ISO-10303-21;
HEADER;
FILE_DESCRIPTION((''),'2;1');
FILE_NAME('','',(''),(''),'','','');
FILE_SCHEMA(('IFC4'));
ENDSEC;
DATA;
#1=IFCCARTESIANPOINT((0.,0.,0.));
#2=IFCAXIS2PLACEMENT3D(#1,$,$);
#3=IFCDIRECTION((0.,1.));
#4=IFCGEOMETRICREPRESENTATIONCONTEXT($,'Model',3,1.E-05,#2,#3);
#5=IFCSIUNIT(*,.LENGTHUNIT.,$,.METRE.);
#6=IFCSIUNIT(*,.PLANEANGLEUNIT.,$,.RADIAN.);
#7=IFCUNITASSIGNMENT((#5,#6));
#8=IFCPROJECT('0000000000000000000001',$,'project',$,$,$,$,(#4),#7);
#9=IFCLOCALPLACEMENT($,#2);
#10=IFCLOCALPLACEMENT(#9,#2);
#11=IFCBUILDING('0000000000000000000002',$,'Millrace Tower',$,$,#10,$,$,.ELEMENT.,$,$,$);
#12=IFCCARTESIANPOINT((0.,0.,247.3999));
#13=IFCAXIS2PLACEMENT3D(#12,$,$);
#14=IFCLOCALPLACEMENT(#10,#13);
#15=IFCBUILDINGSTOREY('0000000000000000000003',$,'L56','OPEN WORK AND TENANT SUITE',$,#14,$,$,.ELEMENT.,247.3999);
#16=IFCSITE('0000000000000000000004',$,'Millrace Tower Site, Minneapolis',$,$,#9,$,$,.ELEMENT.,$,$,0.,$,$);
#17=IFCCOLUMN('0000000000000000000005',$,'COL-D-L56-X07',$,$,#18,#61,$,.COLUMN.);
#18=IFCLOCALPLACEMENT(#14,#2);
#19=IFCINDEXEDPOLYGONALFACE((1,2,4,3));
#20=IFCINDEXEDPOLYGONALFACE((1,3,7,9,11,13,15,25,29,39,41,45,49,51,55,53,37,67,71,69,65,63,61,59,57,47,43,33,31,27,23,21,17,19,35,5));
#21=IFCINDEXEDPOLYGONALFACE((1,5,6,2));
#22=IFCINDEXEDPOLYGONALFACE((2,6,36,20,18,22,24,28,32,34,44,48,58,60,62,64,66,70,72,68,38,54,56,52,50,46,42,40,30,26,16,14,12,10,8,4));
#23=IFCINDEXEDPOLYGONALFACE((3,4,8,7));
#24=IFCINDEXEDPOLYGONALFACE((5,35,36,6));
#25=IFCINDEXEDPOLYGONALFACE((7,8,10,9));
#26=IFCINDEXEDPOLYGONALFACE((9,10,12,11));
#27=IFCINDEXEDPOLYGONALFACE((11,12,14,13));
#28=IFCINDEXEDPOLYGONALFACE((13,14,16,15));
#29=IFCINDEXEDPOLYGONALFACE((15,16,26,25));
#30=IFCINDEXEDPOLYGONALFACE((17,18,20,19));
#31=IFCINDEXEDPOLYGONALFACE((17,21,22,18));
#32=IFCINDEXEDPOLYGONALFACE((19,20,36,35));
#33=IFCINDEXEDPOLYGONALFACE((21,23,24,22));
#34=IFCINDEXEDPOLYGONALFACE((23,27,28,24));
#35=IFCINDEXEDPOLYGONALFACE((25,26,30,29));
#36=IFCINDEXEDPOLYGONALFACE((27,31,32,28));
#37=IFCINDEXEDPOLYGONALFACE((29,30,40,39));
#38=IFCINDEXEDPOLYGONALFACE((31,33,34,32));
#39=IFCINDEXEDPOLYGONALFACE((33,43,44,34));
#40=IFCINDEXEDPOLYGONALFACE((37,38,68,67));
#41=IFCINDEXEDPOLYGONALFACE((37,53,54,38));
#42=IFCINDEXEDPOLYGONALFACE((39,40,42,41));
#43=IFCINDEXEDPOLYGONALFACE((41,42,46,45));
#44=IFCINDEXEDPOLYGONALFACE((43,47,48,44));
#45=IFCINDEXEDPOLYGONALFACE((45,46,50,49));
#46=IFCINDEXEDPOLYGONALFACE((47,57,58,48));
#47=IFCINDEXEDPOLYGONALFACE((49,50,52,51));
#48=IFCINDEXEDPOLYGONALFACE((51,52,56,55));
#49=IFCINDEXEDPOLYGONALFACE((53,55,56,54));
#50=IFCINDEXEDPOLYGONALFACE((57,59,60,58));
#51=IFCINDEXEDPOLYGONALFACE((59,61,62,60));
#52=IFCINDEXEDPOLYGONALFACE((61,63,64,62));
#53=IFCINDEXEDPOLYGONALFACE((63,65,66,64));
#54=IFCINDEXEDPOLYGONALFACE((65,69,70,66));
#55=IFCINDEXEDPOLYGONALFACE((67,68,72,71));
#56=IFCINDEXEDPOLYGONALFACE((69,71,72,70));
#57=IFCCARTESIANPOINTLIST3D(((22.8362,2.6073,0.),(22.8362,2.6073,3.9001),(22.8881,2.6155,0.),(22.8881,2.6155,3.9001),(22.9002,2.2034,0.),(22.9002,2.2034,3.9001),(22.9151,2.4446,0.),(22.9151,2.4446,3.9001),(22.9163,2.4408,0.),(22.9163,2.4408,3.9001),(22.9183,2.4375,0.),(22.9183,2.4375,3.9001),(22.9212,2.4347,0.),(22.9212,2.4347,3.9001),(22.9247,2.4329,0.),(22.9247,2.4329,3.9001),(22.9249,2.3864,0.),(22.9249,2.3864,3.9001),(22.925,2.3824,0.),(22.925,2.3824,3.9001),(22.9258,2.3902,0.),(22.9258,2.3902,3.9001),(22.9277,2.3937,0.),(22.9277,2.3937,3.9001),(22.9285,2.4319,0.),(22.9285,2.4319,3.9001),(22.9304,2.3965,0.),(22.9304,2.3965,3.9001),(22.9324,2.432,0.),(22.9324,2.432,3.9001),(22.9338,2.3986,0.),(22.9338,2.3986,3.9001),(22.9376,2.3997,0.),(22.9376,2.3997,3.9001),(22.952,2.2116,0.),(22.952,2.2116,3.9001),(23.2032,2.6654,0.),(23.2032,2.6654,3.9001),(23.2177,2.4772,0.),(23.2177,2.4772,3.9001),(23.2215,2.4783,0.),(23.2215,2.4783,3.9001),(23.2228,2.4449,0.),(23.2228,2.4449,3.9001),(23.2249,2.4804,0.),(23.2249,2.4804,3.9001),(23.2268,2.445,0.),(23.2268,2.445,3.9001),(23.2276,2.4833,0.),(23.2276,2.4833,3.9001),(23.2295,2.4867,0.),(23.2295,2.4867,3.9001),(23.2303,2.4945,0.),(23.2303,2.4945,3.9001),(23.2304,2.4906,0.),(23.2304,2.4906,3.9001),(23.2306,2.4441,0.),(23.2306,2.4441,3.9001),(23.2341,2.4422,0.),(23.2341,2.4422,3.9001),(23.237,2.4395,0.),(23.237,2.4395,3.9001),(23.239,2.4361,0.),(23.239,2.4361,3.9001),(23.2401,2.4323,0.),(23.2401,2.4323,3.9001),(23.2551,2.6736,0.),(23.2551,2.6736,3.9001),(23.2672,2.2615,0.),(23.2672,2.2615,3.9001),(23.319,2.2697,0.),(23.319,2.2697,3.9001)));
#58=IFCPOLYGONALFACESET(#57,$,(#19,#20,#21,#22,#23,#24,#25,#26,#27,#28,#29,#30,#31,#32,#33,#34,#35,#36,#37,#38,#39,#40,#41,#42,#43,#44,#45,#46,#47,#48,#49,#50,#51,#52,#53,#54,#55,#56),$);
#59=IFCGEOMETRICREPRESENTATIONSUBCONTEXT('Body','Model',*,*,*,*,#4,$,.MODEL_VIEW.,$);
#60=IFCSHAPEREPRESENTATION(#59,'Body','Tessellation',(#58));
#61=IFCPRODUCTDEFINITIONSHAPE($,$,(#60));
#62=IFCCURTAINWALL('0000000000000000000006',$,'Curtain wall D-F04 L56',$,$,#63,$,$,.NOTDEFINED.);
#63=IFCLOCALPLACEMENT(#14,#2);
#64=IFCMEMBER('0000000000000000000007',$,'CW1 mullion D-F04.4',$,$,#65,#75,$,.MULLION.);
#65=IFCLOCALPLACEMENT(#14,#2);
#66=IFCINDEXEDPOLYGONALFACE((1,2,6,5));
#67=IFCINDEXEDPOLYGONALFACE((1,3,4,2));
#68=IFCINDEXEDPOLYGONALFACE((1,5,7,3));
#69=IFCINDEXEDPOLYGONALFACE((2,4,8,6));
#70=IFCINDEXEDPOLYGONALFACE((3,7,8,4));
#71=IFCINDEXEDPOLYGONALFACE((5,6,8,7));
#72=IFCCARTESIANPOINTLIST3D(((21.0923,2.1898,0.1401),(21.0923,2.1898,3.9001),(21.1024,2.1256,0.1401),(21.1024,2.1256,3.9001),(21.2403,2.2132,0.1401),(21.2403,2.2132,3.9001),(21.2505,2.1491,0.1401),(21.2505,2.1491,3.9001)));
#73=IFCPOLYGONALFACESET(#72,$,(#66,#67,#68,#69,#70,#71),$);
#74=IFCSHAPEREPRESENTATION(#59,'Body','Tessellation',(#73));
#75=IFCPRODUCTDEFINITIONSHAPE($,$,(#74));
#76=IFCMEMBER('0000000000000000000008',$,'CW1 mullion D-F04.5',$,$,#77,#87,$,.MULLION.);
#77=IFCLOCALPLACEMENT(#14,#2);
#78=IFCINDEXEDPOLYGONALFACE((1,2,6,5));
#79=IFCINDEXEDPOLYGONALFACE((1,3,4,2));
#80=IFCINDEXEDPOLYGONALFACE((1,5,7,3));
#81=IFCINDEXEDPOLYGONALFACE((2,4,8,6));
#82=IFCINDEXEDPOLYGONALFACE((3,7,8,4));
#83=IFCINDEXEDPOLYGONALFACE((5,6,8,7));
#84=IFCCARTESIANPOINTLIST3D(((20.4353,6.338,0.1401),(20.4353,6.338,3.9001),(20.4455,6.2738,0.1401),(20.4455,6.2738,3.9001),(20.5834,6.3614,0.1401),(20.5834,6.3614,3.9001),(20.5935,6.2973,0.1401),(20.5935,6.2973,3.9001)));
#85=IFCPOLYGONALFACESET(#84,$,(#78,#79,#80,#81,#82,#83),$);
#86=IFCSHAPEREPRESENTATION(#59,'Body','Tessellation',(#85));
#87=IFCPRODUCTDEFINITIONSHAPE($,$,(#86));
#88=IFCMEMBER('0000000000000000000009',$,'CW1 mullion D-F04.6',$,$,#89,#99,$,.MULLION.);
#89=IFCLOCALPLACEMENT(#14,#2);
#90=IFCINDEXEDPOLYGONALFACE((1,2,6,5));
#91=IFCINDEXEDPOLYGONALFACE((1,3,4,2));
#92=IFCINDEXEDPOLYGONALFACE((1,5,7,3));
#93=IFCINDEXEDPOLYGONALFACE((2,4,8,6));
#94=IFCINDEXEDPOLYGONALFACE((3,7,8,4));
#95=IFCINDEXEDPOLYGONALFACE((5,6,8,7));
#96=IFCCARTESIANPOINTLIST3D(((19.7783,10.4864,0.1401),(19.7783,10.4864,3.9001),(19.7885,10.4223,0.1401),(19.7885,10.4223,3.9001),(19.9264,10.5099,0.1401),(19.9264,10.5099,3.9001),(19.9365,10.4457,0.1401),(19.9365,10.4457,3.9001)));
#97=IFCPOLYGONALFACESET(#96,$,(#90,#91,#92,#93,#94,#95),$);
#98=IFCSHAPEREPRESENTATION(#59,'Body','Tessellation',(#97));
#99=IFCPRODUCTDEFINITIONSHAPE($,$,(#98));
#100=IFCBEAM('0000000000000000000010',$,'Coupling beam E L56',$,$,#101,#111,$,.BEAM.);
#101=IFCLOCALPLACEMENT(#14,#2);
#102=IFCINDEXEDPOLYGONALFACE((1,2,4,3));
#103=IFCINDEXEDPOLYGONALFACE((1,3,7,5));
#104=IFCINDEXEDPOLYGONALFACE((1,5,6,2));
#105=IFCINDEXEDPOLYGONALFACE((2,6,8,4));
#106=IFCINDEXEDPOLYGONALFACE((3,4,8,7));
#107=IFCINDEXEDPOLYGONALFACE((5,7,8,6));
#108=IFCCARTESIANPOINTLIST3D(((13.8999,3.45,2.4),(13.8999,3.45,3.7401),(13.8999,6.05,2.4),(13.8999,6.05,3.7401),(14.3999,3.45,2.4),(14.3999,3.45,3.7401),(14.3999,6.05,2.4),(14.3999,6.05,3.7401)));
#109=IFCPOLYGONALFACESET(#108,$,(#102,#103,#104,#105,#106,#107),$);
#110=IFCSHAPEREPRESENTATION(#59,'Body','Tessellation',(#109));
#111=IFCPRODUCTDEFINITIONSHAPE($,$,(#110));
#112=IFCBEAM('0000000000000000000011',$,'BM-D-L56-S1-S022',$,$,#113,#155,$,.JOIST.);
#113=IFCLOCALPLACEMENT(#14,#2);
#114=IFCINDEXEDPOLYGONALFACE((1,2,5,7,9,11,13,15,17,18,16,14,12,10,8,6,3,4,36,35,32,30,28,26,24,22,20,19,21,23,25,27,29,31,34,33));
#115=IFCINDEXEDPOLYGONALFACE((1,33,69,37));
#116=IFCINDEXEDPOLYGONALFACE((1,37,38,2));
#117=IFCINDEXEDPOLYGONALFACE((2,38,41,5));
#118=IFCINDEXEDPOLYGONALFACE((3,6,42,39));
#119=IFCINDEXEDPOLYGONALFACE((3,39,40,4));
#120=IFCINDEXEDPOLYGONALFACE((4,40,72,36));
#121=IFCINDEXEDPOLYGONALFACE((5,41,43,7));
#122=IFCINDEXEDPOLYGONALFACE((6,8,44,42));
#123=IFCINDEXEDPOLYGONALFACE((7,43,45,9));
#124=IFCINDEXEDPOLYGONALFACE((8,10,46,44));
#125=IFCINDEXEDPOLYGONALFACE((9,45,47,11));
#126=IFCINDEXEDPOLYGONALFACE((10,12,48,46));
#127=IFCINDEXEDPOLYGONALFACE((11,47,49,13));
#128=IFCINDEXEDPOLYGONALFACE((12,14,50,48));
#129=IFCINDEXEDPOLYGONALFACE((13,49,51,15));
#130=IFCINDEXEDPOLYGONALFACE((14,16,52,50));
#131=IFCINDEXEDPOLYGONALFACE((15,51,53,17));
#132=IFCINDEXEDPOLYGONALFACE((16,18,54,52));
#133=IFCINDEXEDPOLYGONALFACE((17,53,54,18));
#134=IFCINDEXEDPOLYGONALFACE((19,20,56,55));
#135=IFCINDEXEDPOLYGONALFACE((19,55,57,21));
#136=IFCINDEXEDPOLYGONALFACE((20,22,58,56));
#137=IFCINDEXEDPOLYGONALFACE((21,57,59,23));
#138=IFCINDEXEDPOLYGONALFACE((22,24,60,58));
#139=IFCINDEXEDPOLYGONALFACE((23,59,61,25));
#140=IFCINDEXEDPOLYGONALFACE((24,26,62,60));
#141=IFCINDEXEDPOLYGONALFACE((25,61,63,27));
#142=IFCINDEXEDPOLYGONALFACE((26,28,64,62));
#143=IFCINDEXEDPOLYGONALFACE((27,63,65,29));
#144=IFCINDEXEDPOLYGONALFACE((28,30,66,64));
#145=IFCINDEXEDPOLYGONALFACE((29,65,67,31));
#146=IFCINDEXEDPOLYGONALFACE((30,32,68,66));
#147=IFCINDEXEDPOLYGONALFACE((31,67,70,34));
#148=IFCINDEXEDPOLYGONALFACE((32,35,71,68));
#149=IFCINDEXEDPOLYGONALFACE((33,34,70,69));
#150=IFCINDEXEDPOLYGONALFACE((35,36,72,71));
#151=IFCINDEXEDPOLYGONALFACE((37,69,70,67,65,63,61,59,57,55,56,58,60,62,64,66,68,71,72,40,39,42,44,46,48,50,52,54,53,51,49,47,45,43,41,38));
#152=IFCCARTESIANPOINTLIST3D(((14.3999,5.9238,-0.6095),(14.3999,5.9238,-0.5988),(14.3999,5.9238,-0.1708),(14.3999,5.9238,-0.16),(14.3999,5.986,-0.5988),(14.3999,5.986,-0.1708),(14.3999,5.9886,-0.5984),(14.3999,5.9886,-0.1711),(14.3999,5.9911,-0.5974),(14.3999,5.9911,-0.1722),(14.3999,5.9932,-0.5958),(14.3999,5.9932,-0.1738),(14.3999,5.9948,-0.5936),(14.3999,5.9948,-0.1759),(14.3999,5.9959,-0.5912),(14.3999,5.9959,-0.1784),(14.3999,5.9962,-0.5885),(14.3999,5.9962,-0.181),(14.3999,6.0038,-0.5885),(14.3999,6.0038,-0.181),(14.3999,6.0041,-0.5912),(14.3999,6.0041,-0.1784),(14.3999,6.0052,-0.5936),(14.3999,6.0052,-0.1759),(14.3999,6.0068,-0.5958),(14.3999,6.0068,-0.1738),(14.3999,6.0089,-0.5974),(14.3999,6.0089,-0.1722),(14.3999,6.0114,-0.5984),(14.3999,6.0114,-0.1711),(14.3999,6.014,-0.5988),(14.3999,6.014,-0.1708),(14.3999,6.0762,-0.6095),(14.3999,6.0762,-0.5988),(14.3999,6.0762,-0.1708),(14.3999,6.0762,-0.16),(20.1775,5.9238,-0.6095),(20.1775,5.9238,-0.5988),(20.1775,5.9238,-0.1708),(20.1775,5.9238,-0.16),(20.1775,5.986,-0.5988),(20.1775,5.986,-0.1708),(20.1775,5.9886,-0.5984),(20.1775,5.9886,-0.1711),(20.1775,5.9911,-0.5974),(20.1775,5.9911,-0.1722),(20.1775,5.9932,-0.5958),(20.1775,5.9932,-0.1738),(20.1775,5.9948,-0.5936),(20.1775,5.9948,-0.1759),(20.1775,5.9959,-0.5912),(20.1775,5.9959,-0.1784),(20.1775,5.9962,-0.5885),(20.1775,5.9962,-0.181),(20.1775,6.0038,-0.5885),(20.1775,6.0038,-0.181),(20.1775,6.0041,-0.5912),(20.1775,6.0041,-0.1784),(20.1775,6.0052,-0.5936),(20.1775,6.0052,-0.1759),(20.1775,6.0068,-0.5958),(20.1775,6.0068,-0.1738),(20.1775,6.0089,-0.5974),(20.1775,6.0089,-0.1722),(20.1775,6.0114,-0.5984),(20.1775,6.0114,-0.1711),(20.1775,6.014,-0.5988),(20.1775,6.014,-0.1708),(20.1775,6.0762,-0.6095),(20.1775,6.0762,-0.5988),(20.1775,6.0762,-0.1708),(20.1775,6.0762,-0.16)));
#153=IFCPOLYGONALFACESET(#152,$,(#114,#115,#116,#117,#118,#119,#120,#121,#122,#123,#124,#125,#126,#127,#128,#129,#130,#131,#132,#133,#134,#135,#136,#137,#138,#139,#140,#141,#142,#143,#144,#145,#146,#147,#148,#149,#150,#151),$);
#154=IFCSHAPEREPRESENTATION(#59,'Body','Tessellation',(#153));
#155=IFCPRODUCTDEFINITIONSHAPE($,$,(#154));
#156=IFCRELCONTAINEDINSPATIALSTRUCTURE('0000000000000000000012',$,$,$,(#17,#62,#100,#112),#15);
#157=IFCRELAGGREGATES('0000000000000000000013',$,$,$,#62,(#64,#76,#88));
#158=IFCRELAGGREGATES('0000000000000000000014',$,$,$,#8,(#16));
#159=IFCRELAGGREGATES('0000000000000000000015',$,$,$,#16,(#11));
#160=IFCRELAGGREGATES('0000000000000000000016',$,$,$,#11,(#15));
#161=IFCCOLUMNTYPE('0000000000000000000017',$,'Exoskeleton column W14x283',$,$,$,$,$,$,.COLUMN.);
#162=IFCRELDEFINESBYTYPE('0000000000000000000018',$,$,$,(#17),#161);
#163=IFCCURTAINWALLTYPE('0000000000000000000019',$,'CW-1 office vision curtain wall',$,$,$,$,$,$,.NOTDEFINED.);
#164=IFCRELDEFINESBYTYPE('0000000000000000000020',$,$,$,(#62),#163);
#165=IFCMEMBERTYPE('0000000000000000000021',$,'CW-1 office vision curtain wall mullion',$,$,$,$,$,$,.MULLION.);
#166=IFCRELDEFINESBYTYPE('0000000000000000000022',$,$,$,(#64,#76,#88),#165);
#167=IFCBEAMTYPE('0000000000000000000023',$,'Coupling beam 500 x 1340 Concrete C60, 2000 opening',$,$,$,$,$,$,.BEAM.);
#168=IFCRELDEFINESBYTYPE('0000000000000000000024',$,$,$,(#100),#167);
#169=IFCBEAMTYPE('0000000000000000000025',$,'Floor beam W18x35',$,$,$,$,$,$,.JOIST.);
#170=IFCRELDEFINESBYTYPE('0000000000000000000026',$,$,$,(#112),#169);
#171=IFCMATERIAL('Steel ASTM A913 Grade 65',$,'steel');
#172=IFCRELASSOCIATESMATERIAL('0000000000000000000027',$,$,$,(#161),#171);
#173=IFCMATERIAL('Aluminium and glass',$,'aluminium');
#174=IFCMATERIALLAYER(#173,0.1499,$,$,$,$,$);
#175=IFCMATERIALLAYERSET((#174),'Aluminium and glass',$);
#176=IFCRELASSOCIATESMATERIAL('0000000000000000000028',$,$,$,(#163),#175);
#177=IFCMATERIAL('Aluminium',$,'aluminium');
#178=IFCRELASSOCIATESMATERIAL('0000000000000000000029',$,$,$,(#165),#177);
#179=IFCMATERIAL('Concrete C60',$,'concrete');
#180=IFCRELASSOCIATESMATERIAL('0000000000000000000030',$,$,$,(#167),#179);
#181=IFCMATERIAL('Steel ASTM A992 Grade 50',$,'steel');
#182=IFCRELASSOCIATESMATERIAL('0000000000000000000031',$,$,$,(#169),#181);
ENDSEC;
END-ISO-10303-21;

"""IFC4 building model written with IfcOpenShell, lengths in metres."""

from ifc_helpers import new_model, si_unit, direction, frame, origin, origin_2d, place, context, subcontext, project, spatial, rectangle, i_section, extrude, material, layer, layer_set, material_profile, profile_set, type_object, element, aggregate, save


model = new_model("IFC4")

# Units and contexts
model_context = context("Model", 3, precision=1e-05, world=origin(), true_north=direction((0.0, 1.0)))
body_context = subcontext(model_context, "Body", "Model", "MODEL_VIEW")
ifc_project = project(units=[si_unit("LENGTHUNIT", "METRE"), si_unit("PLANEANGLEUNIT", "RADIAN")], contexts=[model_context])

# Site, building, storey
site_placement = place(None, origin())
site = spatial("IfcSite", under=ifc_project, at=site_placement, Name="Millrace Tower Site, Minneapolis", CompositionType="ELEMENT", RefElevation=0.0)
building_placement = place(site_placement, origin())
building = spatial("IfcBuilding", under=site, at=building_placement, Name="Millrace Tower", CompositionType="ELEMENT")
storey_placement = place(building_placement, frame((0.0, 0.0, 247.3999)))
storey = spatial("IfcBuildingStorey", under=building, at=storey_placement, Name="L56", Description="OPEN WORK AND TENANT SUITE", CompositionType="ELEMENT", Elevation=247.3999)

# Column
ifc_material_1 = material(Name="Steel ASTM A913 Grade 65", Category="steel")
ifc_material_profile_1 = material_profile(ifc_material_1, i_section(OverallWidth=0.4089, OverallDepth=0.4241, WebThickness=0.0327, FlangeThickness=0.0525, FilletRadius=0.0151, at=origin_2d()))
ifc_profile_set_1 = profile_set([ifc_material_profile_1], Name="Steel ASTM A913 Grade 65")
column_type = type_object("IfcColumnType", Name="Exoskeleton column W14x283", PredefinedType="COLUMN", material=ifc_profile_set_1)
column_placement = place(storey_placement, frame((23.0776, 2.4385, 0.0), z_axis=(0.0, 0.0, 1.0), x_axis=(-0.156434, 0.987688, 0.0)))
element("IfcColumn", 1, at=column_placement, inside=storey, type_object=column_type, Name="COL-D-L56-X07", PredefinedType="COLUMN", context=body_context, shape_type="SweptSolid", body=[
    extrude(i_section(OverallWidth=0.4089, OverallDepth=0.4241, WebThickness=0.0327, FlangeThickness=0.0525, FilletRadius=0.0151, at=origin_2d()), origin(), (0.0, 0.0, 1.0), 3.9001),
])

# Curtain wall, members
ifc_material_2 = material(Name="Aluminium and glass", Category="aluminium")
ifc_layer_1 = layer(ifc_material_2, 0.1499)
ifc_layer_set_1 = layer_set([ifc_layer_1], Name="Aluminium and glass")
curtain_wall_type = type_object("IfcCurtainWallType", Name="CW-1 office vision curtain wall", PredefinedType="NOTDEFINED", material=ifc_layer_set_1)
curtain_wall_placement = place(storey_placement, origin())
curtain_wall = element("IfcCurtainWall", 2, at=curtain_wall_placement, inside=storey, type_object=curtain_wall_type, Name="Curtain wall D-F04 L56", PredefinedType="NOTDEFINED")
ifc_material_3 = material(Name="Aluminium", Category="aluminium")
ifc_material_profile_2 = material_profile(ifc_material_3, rectangle(XDim=0.0649, YDim=0.1499, at=origin_2d()))
ifc_profile_set_2 = profile_set([ifc_material_profile_2], Name="Aluminium")
member_type = type_object("IfcMemberType", Name="CW-1 office vision curtain wall mullion", PredefinedType="MULLION", material=ifc_profile_set_2)
member_1_placement = place(storey_placement, frame((21.1714, 2.1694, 0.1401), z_axis=(0.0, 0.0, 1.0), x_axis=(-0.156434, 0.987688, 0.0)))
member_1 = element("IfcMember", 3, at=member_1_placement, type_object=member_type, Name="CW1 mullion D-F04.4", PredefinedType="MULLION", context=body_context, shape_type="SweptSolid", body=[
    extrude(rectangle(XDim=0.0649, YDim=0.1499, at=origin_2d()), origin(), (0.0, 0.0, 1.0), 3.76),
])
member_2_placement = place(storey_placement, frame((20.5144, 6.3176, 0.1401), z_axis=(0.0, 0.0, 1.0), x_axis=(-0.156434, 0.987688, 0.0)))
member_2 = element("IfcMember", 4, at=member_2_placement, type_object=member_type, Name="CW1 mullion D-F04.5", PredefinedType="MULLION", context=body_context, shape_type="SweptSolid", body=[
    extrude(rectangle(XDim=0.0649, YDim=0.1499, at=origin_2d()), origin(), (0.0, 0.0, 1.0), 3.76),
])
member_3_placement = place(storey_placement, frame((19.8574, 10.4661, 0.1401), z_axis=(0.0, 0.0, 1.0), x_axis=(-0.156434, 0.987688, 0.0)))
member_3 = element("IfcMember", 5, at=member_3_placement, type_object=member_type, Name="CW1 mullion D-F04.6", PredefinedType="MULLION", context=body_context, shape_type="SweptSolid", body=[
    extrude(rectangle(XDim=0.0649, YDim=0.1499, at=origin_2d()), origin(), (0.0, 0.0, 1.0), 3.76),
])
aggregate(curtain_wall, [member_1, member_2, member_3])

# Beams
ifc_material_4 = material(Name="Concrete C60", Category="concrete")
ifc_material_profile_3 = material_profile(ifc_material_4, rectangle(XDim=0.5, YDim=1.3401, at=origin_2d()))
ifc_profile_set_3 = profile_set([ifc_material_profile_3], Name="Concrete C60")
beam_type_1 = type_object("IfcBeamType", Name="Coupling beam 500 x 1340 Concrete C60, 2000 opening", PredefinedType="BEAM", material=ifc_profile_set_3)
beam_1_placement = place(storey_placement, frame((14.1499, 6.05, 3.0701), z_axis=(0.0, -1.0, 0.0), x_axis=(1.0, 0.0, 0.0)))
element("IfcBeam", 6, at=beam_1_placement, inside=storey, type_object=beam_type_1, Name="Coupling beam E L56", PredefinedType="BEAM", context=body_context, shape_type="SweptSolid", body=[
    extrude(rectangle(XDim=0.5, YDim=1.3401, at=origin_2d()), origin(), (0.0, 0.0, 1.0), 2.6001),
])
ifc_material_5 = material(Name="Steel ASTM A992 Grade 50", Category="steel")
ifc_material_profile_4 = material_profile(ifc_material_5, i_section(OverallWidth=0.1523, OverallDepth=0.4495, WebThickness=0.0076, FlangeThickness=0.0107, FilletRadius=0.0103, at=origin_2d()))
ifc_profile_set_4 = profile_set([ifc_material_profile_4], Name="Steel ASTM A992 Grade 50")
beam_type_2 = type_object("IfcBeamType", Name="Floor beam W18x35", PredefinedType="JOIST", material=ifc_profile_set_4)
beam_2_placement = place(storey_placement, frame((14.3999, 6.0, -0.3848), z_axis=(1.0, 0.0, 0.0), x_axis=(0.0, 1.0, 0.0)))
element("IfcBeam", 7, at=beam_2_placement, inside=storey, type_object=beam_type_2, Name="BM-D-L56-S1-S022", PredefinedType="JOIST", context=body_context, shape_type="SweptSolid", body=[
    extrude(i_section(OverallWidth=0.1523, OverallDepth=0.4495, WebThickness=0.0076, FlangeThickness=0.0107, FilletRadius=0.0103, at=origin_2d()), origin(), (0.0, 0.0, 1.0), 5.7776),
])

save(model, "model.ifc")
